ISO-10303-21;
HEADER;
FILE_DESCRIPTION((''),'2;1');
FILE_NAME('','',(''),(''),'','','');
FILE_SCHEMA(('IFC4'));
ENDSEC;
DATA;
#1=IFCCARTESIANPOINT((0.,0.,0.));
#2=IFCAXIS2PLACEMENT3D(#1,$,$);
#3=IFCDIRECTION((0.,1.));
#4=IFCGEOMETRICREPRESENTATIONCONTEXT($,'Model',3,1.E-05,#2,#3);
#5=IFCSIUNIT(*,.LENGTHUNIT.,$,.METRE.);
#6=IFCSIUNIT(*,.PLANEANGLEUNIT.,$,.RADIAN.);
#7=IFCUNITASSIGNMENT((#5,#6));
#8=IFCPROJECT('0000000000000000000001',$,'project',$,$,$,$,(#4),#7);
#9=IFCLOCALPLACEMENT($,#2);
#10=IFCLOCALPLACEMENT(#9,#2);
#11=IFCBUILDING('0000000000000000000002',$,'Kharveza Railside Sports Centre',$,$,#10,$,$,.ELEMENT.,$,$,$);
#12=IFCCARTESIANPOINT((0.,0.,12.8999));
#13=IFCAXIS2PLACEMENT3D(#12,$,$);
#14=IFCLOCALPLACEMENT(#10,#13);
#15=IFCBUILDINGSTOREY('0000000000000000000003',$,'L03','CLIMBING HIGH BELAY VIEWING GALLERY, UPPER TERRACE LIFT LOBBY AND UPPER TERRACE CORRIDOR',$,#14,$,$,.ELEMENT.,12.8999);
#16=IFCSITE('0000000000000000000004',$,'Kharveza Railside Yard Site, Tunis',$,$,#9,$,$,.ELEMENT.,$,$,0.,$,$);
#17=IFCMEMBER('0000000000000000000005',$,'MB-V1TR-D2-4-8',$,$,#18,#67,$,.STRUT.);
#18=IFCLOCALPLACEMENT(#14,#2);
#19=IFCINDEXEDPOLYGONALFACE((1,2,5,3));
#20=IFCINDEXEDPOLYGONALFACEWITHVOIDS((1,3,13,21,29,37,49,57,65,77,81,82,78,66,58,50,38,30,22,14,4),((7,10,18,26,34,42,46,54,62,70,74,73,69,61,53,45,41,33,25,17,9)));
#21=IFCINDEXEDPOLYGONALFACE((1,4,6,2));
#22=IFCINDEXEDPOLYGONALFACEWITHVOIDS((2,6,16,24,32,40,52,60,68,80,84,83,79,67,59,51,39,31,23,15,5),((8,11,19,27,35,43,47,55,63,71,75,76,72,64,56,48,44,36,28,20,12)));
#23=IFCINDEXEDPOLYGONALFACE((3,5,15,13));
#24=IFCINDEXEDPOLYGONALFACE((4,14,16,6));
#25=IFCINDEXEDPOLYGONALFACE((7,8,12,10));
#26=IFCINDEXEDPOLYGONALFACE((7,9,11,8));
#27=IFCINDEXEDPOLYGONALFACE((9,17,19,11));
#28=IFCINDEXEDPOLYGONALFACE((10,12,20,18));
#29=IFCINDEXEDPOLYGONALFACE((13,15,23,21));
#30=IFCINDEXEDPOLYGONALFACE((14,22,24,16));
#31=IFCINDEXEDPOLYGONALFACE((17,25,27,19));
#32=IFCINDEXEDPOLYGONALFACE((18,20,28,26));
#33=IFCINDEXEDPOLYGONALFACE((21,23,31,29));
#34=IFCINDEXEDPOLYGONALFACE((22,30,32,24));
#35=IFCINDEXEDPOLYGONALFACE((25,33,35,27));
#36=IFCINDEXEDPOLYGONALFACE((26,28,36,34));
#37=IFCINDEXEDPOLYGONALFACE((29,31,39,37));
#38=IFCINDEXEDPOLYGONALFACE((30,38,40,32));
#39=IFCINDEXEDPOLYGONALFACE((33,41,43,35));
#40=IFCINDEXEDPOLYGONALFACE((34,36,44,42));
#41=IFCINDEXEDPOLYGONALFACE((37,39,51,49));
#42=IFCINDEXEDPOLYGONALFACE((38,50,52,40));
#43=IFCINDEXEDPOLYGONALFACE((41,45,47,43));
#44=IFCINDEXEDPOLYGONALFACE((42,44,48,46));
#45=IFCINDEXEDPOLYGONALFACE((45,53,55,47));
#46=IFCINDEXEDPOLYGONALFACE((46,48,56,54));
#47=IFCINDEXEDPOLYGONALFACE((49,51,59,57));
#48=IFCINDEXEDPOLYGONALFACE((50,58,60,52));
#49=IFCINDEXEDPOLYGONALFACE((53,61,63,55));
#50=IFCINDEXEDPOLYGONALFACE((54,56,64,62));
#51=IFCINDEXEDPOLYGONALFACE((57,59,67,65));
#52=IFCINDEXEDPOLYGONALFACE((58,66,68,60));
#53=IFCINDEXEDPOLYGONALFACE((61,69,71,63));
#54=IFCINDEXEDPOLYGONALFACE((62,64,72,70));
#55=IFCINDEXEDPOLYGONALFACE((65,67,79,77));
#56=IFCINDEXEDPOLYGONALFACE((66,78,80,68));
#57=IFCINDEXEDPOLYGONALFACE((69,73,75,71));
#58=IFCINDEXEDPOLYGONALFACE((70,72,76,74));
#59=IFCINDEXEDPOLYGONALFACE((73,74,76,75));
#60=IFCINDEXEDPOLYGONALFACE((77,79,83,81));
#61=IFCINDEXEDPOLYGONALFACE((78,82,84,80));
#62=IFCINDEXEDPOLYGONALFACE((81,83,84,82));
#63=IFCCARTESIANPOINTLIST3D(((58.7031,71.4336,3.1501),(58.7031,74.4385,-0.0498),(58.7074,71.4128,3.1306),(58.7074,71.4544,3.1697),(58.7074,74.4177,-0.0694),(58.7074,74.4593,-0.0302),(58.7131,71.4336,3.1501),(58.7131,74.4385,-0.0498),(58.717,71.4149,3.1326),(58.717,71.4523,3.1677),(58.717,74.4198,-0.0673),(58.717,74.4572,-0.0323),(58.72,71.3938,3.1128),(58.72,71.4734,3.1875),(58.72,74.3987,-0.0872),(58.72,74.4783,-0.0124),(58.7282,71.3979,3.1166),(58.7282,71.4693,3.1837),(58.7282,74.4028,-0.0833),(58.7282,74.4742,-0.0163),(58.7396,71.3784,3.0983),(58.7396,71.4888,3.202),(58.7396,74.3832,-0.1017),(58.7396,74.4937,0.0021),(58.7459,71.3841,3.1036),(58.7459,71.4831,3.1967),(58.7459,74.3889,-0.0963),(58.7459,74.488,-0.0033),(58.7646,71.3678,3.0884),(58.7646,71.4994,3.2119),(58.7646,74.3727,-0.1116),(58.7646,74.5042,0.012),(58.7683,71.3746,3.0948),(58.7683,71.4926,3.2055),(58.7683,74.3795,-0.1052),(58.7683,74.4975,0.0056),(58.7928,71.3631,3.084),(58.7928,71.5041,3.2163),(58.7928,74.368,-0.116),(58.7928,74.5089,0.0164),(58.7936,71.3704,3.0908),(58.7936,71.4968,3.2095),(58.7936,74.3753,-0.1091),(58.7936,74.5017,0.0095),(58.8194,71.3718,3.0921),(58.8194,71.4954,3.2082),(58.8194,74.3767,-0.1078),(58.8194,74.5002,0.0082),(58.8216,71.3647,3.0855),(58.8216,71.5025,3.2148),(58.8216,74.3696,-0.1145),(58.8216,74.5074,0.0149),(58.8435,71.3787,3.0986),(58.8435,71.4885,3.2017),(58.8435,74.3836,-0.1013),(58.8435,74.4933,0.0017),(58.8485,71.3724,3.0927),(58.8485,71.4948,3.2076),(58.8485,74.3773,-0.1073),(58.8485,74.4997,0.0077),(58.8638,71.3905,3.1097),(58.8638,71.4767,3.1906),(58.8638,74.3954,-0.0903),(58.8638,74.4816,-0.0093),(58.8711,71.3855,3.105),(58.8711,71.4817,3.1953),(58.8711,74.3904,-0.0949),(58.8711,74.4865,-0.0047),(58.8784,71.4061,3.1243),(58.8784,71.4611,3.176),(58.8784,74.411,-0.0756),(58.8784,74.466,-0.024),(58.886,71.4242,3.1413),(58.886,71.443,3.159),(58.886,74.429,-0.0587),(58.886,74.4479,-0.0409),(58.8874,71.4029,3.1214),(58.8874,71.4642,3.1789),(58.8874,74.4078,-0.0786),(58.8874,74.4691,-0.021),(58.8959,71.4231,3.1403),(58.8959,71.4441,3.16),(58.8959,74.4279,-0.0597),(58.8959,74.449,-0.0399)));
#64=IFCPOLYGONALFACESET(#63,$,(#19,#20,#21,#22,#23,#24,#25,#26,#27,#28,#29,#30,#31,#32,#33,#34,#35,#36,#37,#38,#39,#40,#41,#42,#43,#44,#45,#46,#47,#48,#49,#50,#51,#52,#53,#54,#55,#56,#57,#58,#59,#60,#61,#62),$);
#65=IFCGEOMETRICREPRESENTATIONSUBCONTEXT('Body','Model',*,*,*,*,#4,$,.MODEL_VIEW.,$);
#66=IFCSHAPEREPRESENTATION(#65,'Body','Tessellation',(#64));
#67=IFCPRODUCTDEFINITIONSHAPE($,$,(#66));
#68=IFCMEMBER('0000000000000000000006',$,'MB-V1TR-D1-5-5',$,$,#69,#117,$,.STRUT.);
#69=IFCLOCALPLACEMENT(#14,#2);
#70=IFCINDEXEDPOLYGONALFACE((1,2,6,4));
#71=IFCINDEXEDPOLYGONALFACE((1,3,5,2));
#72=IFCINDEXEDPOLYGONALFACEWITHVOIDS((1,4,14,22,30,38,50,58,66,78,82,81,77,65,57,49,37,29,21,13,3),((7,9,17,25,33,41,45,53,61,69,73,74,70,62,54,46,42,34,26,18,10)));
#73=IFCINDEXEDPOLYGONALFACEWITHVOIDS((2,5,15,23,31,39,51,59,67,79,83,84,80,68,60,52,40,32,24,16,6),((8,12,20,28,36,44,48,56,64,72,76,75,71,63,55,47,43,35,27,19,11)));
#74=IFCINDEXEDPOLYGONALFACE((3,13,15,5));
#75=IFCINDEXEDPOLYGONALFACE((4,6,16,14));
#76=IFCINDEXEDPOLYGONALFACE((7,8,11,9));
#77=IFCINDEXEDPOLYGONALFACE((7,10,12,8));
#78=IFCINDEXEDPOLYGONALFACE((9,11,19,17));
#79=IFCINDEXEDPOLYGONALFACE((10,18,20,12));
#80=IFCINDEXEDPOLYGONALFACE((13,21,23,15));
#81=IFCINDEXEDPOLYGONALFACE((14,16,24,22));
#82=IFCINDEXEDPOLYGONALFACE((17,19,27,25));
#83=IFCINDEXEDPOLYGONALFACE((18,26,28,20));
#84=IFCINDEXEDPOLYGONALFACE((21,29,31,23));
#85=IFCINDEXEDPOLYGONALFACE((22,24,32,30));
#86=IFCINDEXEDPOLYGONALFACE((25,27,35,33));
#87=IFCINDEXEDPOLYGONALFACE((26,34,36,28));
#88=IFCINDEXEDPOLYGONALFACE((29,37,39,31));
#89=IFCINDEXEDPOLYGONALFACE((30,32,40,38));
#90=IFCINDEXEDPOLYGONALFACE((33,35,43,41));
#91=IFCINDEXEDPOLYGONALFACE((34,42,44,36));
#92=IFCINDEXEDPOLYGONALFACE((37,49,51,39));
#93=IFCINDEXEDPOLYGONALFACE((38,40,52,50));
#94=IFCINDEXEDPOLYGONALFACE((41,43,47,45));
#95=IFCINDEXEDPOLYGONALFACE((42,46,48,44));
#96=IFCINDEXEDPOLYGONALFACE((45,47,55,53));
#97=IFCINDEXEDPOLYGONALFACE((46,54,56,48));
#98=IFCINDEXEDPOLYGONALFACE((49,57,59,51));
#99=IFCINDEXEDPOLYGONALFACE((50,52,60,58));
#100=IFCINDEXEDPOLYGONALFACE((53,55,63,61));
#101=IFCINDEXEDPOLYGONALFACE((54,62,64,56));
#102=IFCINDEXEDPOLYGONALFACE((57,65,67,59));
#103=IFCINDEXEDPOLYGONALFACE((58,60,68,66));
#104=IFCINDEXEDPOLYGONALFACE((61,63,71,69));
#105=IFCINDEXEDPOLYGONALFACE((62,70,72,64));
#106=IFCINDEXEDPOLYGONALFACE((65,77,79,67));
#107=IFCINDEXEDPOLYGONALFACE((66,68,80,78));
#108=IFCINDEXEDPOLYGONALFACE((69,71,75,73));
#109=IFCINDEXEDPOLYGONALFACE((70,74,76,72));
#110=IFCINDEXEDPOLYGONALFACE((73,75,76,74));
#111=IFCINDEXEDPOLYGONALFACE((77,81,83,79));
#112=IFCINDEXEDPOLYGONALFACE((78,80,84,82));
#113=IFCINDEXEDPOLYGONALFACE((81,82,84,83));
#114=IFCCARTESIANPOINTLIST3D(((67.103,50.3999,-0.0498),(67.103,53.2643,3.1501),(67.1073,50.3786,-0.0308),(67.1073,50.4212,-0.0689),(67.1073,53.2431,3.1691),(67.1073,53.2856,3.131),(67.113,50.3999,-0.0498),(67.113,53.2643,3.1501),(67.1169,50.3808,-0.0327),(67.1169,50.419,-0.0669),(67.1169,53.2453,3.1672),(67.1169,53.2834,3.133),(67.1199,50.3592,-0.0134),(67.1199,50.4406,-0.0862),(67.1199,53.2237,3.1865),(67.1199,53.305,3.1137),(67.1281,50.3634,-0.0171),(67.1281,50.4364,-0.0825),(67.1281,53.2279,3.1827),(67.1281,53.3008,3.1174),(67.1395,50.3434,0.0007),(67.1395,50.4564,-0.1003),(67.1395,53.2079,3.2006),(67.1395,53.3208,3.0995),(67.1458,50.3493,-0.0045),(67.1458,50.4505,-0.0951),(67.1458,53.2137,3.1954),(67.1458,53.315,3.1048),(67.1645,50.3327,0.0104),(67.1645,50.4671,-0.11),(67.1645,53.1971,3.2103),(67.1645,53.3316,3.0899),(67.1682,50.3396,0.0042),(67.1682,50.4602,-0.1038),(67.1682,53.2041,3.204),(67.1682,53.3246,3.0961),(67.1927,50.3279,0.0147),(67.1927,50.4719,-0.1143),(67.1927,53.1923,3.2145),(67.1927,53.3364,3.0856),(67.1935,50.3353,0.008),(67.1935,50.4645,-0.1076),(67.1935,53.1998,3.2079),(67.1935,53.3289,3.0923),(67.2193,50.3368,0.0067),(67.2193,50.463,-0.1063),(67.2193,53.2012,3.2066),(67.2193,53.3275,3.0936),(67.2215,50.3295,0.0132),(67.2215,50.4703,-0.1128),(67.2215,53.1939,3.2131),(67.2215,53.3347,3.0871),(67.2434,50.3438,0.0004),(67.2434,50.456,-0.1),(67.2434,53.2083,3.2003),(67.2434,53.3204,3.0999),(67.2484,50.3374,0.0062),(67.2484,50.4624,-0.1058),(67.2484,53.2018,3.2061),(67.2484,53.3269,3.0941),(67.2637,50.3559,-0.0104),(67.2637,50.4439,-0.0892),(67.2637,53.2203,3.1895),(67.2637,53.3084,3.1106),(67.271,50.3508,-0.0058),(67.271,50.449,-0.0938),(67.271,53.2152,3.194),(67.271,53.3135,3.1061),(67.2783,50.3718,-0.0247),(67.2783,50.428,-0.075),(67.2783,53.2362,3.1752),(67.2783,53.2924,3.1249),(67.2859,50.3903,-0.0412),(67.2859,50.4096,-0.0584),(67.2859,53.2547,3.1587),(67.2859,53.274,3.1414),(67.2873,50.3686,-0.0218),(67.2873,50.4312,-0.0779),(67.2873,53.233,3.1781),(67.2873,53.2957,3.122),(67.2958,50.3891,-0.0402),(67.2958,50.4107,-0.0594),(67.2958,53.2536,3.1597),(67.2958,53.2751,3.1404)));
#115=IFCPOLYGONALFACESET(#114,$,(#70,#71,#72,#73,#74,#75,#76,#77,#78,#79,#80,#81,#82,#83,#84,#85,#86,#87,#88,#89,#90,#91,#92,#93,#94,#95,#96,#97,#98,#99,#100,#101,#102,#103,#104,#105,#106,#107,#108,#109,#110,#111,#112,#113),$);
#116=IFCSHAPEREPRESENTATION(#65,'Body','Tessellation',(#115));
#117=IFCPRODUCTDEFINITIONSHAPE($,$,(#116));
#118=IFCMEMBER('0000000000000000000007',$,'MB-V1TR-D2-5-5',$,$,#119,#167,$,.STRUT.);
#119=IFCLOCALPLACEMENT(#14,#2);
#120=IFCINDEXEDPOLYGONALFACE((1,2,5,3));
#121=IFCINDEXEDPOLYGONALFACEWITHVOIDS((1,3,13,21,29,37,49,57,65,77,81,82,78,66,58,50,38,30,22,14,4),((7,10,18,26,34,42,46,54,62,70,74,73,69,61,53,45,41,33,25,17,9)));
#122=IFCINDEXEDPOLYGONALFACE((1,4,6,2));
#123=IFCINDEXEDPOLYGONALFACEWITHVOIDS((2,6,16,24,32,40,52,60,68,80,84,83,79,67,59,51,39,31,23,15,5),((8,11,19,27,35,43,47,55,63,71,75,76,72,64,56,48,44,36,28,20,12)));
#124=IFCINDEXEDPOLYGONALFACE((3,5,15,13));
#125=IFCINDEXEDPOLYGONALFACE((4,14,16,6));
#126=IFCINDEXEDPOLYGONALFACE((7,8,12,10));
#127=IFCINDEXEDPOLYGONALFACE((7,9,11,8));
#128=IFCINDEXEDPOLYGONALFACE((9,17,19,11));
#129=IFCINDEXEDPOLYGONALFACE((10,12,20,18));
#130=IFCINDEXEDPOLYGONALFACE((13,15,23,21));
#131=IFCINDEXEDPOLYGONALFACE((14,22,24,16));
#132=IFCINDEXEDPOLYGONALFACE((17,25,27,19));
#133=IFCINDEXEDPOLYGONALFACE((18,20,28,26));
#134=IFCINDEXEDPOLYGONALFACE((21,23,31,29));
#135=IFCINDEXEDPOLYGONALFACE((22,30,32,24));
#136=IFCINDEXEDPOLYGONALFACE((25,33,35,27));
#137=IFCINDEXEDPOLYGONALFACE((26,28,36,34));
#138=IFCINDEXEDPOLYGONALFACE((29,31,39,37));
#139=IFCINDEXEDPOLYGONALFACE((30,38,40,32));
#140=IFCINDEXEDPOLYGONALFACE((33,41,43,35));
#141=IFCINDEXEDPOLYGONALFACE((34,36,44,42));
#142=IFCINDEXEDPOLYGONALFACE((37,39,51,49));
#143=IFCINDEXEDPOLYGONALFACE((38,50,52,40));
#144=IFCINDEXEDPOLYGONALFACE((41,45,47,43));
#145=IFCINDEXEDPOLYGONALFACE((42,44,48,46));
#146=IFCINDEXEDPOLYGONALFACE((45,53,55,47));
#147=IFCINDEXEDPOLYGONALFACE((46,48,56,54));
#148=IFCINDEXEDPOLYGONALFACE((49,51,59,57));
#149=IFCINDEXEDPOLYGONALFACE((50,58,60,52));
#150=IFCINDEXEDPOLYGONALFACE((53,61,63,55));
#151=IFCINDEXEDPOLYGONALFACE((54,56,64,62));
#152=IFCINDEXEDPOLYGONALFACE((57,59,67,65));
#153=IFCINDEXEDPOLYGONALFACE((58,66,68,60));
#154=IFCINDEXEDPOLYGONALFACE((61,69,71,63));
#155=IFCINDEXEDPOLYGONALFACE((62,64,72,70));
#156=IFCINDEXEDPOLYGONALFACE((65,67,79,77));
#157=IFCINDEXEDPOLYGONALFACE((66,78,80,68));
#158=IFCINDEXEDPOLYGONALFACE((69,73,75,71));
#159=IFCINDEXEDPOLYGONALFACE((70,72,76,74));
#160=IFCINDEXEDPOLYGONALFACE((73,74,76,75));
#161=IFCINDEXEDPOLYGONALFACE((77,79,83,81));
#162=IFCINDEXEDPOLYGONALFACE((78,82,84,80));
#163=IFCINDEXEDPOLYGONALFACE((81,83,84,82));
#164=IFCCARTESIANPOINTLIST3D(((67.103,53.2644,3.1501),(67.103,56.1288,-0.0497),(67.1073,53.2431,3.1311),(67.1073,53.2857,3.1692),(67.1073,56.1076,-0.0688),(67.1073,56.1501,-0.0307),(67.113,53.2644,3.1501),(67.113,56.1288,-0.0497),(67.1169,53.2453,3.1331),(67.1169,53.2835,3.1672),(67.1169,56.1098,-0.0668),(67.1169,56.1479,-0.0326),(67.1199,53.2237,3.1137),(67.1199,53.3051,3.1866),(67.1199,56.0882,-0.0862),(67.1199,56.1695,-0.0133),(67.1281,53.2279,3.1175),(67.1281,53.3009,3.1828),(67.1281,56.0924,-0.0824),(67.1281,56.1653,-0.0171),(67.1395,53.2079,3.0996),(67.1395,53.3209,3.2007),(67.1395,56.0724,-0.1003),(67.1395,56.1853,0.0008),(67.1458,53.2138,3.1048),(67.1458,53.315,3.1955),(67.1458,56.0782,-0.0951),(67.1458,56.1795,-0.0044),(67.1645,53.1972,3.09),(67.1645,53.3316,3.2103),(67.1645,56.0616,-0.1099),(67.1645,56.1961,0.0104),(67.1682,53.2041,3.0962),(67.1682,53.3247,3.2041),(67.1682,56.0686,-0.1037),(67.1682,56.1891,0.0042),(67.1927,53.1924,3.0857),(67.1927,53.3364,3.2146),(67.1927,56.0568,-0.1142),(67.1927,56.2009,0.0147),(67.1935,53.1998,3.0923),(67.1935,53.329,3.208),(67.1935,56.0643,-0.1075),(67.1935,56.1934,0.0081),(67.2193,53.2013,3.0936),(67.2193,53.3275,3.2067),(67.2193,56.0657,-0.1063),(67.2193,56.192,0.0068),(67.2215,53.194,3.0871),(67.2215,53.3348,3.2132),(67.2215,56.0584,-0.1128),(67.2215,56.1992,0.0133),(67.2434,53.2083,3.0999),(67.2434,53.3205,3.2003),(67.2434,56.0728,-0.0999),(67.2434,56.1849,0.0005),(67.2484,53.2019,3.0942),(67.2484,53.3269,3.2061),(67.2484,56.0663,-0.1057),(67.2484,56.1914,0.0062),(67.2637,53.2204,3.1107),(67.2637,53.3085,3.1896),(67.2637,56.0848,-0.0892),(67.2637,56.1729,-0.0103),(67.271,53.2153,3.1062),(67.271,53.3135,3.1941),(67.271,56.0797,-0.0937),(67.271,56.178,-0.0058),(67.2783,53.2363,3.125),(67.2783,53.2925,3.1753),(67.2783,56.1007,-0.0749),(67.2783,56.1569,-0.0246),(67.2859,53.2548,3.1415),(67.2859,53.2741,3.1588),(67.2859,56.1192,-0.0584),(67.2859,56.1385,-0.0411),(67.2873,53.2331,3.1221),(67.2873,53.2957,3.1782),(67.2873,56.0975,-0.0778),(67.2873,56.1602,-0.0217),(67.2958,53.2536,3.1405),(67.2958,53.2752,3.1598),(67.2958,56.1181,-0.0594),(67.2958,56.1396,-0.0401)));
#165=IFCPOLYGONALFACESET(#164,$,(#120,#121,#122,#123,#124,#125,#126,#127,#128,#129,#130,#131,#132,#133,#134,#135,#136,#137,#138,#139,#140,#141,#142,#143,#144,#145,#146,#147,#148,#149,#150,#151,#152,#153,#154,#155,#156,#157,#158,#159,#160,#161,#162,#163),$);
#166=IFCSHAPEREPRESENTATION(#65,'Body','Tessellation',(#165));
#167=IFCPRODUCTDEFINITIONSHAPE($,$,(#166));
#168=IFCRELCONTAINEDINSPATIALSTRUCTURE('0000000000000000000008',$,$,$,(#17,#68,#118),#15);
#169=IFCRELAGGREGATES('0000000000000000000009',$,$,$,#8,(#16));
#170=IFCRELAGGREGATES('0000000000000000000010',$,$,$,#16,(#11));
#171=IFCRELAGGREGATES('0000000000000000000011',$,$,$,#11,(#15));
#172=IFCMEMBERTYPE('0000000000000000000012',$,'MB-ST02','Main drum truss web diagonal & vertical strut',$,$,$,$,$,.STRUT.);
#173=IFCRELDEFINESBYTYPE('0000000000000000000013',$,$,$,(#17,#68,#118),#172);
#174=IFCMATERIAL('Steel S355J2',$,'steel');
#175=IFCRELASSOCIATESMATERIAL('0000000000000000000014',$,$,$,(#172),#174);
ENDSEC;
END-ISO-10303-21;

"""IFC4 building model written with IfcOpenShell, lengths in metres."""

from ifc_helpers import new_model, si_unit, direction, frame, origin, origin_2d, place, context, subcontext, project, spatial, hollow_circle, extrude, material, material_profile, profile_set, type_object, element, save


model = new_model("IFC4")

# Units and contexts
model_context = context("Model", 3, precision=1e-05, world=origin(), true_north=direction((0.0, 1.0)))
body_context = subcontext(model_context, "Body", "Model", "MODEL_VIEW")
ifc_project = project(units=[si_unit("LENGTHUNIT", "METRE"), si_unit("PLANEANGLEUNIT", "RADIAN")], contexts=[model_context])

# Site, building, storey
site_placement = place(None, origin())
site = spatial("IfcSite", under=ifc_project, at=site_placement, Name="Kharveza Railside Yard Site, Tunis", CompositionType="ELEMENT", RefElevation=0.0)
building_placement = place(site_placement, origin())
building = spatial("IfcBuilding", under=site, at=building_placement, Name="Kharveza Railside Sports Centre", CompositionType="ELEMENT")
storey_placement = place(building_placement, frame((0.0, 0.0, 12.8999)))
storey = spatial("IfcBuildingStorey", under=building, at=storey_placement, Name="L03", Description="CLIMBING HIGH BELAY VIEWING GALLERY, UPPER TERRACE LIFT LOBBY AND UPPER TERRACE CORRIDOR", CompositionType="ELEMENT", Elevation=12.8999)

# Members
ifc_material = material(Name="Steel S355J2", Category="steel")
ifc_material_profile_1 = material_profile(ifc_material, hollow_circle(Radius=0.0969, WallThickness=0.01, at=origin_2d()), Name="CHS 193.7x10.0")
ifc_profile_set_1 = profile_set([ifc_material_profile_1], Name="Steel S355J2")
member_type_1 = type_object("IfcMemberType", Name="MB-ST02", Description="Main drum truss web diagonal & vertical strut", PredefinedType="STRUT", material=ifc_profile_set_1)
member_1_placement = place(storey_placement, frame((58.8, 71.4336, 3.1501), z_axis=(0.0, 0.684538, -0.728977), x_axis=(-1.0, 0.0, 0.0)))
element("IfcMember", 1, at=member_1_placement, inside=storey, type_object=member_type_1, Name="MB-V1TR-D2-4-8", PredefinedType="STRUT", context=body_context, shape_type="SweptSolid", body=[
    extrude(hollow_circle(Radius=0.0969, WallThickness=0.01, at=origin_2d()), origin(), (0.0, 0.0, 1.0), 4.3896),
])
for number, where, z_axis, x_axis, name in (
    (2, (67.2, 50.3999, -0.0498), (0.0, 0.666974, 0.745081), (-1.0, 0.0, 0.0), "MB-V1TR-D1-5-5"),
    (3, (67.2, 53.2644, 3.1501), (0.0, 0.666974, -0.745081), (-1.0, 0.0, 0.0), "MB-V1TR-D2-5-5"),
):
    element("IfcMember", number, at=place(storey_placement, frame(where, z_axis=z_axis, x_axis=x_axis)), inside=storey, type_object=member_type_1, Name=name, PredefinedType="STRUT", context=body_context, shape_type="SweptSolid", body=[
        extrude(hollow_circle(Radius=0.0969, WallThickness=0.01, at=origin_2d()), origin(), (0.0, 0.0, 1.0), 4.2947),
    ])

save(model, "model.ifc")
